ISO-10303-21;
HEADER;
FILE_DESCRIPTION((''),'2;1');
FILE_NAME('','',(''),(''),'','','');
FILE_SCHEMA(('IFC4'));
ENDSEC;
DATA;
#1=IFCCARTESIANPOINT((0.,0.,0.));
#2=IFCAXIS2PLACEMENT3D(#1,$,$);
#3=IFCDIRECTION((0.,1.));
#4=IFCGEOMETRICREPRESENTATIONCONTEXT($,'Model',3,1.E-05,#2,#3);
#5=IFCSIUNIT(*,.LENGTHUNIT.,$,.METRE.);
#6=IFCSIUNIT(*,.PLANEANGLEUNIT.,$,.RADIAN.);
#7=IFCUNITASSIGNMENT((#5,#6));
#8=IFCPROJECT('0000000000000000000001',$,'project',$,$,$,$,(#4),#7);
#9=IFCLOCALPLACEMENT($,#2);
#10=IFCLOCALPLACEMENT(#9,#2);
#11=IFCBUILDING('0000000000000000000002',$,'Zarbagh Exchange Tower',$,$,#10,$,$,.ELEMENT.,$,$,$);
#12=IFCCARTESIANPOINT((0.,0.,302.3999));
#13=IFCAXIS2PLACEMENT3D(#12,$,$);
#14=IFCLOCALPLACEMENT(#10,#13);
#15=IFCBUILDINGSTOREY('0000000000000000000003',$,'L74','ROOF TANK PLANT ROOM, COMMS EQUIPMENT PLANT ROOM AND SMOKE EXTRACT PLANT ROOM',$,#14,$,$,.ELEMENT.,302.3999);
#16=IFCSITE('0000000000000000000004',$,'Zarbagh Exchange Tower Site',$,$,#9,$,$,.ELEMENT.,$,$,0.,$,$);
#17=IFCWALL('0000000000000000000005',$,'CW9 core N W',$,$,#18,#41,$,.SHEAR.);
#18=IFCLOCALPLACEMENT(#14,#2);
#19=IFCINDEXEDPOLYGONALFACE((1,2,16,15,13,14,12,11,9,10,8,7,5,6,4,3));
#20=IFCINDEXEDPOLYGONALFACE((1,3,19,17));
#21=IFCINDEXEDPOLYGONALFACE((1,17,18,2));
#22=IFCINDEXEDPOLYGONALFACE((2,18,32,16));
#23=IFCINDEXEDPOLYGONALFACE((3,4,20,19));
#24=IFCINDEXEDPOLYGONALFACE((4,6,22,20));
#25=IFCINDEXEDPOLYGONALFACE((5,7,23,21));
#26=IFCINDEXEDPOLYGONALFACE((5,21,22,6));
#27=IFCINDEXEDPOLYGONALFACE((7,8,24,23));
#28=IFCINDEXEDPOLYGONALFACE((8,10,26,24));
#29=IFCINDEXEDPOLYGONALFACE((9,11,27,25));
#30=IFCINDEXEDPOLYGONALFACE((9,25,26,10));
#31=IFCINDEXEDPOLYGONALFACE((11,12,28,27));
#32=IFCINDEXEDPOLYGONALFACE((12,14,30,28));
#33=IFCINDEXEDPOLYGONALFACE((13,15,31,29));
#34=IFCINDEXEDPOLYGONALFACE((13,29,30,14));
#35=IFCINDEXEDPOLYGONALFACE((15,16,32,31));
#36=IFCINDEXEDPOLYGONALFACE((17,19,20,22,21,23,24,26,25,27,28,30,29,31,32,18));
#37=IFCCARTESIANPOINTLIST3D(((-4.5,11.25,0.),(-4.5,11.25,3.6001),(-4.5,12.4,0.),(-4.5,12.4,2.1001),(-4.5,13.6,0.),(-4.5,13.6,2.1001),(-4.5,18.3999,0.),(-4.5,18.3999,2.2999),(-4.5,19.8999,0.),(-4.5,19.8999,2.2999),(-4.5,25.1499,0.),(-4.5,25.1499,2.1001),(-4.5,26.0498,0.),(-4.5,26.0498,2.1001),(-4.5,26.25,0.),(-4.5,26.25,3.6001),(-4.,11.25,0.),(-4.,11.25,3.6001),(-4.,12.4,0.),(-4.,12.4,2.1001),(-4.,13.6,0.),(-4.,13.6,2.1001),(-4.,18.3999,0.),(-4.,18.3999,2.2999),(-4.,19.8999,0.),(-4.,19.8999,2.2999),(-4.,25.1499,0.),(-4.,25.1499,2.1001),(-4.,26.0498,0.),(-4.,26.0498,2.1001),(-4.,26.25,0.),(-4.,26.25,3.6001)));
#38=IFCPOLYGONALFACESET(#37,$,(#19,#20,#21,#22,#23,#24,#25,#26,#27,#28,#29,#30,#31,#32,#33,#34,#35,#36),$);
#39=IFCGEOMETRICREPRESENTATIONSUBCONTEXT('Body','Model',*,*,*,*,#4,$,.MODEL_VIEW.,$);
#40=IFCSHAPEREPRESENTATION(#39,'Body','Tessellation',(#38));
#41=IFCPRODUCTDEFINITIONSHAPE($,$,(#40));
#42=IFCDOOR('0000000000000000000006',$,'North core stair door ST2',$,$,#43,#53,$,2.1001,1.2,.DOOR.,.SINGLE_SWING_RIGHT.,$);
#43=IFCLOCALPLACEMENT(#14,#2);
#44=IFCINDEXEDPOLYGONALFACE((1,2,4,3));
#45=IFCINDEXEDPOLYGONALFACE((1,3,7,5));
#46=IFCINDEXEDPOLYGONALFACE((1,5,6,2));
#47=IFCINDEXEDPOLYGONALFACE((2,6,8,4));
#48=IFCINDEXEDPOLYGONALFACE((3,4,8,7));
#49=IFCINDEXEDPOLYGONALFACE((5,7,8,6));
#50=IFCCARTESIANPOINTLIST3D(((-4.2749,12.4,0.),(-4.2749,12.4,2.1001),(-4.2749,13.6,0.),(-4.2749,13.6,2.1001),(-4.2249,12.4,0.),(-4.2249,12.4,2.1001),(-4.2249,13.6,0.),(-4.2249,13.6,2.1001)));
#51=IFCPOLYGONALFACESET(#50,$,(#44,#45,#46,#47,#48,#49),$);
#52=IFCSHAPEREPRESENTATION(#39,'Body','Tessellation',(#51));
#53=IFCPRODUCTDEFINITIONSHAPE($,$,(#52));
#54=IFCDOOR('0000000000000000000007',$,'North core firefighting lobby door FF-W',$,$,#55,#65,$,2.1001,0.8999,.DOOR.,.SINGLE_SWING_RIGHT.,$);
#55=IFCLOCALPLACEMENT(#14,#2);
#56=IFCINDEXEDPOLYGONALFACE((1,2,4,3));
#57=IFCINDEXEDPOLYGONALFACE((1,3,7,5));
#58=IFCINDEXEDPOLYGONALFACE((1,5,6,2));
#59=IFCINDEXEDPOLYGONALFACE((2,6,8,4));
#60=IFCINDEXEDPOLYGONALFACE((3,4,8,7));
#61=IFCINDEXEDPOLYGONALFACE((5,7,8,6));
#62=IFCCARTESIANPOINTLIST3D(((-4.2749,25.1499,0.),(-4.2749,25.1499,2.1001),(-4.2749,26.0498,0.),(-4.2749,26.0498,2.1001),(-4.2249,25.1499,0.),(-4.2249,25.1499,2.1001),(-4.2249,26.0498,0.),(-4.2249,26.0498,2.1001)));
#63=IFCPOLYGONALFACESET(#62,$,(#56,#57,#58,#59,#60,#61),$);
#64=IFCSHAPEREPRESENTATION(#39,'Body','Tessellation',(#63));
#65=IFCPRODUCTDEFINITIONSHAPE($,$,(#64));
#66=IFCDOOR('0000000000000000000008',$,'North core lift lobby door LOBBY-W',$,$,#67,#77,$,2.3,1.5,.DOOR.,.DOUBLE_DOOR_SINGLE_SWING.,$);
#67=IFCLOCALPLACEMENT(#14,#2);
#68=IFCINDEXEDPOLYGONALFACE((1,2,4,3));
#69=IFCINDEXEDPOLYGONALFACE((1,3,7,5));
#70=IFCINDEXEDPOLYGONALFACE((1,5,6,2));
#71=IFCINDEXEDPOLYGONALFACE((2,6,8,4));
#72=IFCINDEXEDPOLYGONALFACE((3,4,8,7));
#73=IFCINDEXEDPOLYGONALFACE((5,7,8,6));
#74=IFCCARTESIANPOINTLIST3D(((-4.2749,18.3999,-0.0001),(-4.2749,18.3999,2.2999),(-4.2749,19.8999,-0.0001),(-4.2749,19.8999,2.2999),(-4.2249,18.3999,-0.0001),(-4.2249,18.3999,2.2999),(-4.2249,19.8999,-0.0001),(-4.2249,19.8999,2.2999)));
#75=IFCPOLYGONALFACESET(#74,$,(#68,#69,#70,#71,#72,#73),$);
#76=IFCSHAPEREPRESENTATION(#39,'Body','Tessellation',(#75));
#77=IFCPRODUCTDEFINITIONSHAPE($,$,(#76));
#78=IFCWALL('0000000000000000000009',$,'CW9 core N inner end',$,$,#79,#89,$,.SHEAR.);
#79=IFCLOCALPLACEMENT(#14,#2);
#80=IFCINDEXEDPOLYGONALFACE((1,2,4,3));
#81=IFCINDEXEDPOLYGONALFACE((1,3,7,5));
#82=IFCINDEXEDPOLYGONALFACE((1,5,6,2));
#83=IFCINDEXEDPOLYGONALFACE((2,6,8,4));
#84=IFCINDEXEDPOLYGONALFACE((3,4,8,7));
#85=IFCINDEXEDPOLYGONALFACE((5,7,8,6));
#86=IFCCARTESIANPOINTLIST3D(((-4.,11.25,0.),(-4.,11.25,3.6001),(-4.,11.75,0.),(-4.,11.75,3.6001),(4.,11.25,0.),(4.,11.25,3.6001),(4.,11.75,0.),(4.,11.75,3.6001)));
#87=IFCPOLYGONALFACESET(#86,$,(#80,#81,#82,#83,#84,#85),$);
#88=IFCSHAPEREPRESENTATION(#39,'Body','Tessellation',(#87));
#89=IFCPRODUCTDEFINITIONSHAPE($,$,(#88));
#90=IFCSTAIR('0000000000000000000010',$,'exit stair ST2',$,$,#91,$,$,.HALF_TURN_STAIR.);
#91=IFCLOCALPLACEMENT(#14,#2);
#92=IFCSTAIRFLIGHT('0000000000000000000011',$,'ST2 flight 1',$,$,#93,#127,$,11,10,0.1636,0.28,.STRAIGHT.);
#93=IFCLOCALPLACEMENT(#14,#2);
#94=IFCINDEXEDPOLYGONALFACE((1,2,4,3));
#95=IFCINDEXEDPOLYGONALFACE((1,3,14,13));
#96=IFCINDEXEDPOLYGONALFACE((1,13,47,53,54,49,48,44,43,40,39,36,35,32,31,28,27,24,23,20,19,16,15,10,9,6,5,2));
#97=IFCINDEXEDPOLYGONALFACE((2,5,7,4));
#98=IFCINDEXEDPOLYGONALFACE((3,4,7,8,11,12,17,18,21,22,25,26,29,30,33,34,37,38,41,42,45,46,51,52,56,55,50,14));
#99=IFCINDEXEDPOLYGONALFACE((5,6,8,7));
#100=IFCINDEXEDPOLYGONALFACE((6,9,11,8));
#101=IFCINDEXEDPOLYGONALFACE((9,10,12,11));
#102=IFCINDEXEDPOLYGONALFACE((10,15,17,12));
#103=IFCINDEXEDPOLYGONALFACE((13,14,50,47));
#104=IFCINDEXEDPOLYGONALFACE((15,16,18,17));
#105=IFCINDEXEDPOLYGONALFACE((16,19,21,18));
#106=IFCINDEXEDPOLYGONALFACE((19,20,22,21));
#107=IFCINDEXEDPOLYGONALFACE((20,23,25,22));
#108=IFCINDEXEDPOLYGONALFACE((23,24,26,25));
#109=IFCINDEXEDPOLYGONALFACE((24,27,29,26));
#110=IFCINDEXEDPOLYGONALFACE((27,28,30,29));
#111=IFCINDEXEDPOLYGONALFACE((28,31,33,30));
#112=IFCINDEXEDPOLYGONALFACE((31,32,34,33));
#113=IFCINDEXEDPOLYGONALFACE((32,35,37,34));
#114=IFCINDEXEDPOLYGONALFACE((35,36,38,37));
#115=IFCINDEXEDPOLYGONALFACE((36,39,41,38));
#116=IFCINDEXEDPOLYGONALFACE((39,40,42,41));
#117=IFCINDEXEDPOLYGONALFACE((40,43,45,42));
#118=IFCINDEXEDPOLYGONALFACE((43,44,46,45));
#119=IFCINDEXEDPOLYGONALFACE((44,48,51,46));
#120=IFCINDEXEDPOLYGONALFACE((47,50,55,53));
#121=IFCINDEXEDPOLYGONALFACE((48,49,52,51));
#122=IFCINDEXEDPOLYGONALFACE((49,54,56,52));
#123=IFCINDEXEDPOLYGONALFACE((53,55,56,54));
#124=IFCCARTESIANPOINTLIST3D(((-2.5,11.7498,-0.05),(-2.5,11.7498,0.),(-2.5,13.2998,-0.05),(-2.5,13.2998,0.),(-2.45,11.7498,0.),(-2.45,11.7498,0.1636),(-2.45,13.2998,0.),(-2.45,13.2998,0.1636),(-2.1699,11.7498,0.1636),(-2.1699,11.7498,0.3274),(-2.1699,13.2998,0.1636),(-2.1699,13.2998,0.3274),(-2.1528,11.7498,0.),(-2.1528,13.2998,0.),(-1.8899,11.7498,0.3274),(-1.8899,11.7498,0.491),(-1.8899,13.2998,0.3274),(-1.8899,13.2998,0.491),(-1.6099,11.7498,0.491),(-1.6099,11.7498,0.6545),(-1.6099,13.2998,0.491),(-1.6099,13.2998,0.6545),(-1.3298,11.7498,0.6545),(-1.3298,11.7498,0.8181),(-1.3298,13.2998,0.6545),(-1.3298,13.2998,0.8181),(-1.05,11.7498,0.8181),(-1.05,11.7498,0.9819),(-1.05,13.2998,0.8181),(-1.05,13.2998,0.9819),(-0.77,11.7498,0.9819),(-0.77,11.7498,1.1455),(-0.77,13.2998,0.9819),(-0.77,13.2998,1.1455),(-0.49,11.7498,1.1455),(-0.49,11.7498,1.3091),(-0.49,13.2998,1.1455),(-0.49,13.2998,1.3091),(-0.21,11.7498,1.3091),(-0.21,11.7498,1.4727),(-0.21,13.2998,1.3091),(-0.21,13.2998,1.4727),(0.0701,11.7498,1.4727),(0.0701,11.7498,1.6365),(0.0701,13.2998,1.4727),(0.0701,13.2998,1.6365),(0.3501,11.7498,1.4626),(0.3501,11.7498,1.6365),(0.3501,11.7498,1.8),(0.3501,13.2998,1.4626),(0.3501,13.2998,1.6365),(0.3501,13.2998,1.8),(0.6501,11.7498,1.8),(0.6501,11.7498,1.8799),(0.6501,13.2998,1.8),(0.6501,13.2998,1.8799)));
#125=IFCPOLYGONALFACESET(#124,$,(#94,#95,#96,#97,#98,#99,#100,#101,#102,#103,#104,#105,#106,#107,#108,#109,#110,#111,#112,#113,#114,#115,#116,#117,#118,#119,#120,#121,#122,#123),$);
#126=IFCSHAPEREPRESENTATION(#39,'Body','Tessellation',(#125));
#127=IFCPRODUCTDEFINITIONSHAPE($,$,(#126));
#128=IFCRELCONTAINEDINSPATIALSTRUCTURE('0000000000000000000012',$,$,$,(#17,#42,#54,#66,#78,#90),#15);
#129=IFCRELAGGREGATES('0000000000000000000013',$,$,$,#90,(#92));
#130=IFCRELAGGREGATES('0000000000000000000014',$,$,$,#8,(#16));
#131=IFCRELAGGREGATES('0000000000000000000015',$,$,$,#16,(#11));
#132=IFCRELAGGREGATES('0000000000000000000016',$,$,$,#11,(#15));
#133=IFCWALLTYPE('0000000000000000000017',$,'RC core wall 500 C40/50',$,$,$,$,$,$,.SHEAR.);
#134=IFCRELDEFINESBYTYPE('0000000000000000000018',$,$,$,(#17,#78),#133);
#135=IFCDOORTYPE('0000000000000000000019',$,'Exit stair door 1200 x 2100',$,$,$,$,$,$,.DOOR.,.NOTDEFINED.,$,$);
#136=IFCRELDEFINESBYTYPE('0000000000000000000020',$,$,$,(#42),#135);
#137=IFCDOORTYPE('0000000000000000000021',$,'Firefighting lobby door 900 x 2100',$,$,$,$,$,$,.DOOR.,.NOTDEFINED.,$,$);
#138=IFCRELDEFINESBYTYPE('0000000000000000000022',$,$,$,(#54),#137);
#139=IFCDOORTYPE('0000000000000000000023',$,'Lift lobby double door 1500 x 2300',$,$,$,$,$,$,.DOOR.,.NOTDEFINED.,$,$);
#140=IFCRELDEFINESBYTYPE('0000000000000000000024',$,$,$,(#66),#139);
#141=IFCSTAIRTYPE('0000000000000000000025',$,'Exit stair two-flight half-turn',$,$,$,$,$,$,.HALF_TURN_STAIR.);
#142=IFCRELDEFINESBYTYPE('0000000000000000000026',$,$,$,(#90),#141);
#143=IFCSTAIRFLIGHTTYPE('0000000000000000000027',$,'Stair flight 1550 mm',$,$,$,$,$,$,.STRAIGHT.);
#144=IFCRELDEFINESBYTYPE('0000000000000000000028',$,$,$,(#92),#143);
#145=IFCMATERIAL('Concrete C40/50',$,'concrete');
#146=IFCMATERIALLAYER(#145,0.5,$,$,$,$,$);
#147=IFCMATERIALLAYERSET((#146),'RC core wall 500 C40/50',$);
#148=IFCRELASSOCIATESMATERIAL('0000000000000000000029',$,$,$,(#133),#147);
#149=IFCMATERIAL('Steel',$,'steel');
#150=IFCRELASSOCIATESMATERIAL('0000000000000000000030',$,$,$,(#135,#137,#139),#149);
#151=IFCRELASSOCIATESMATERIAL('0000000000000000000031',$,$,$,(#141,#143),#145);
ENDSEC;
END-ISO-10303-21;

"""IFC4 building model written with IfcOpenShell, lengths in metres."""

from ifc_helpers import new_model, si_unit, direction, frame, frame_2d, origin, place, context, subcontext, project, spatial, polyline, rectangle, outline, extrude, material, layer, layer_set, type_object, element, fill, aggregate, save


model = new_model("IFC4")

# Units and contexts
model_context = context("Model", 3, precision=1e-05, world=origin(), true_north=direction((0.0, 1.0)))
body_context = subcontext(model_context, "Body", "Model", "MODEL_VIEW")
ifc_project = project(units=[si_unit("LENGTHUNIT", "METRE"), si_unit("PLANEANGLEUNIT", "RADIAN")], contexts=[model_context])

# Site, building, storey
site_placement = place(None, origin())
site = spatial("IfcSite", under=ifc_project, at=site_placement, Name="Zarbagh Exchange Tower Site", CompositionType="ELEMENT", RefElevation=0.0)
building_placement = place(site_placement, origin())
building = spatial("IfcBuilding", under=site, at=building_placement, Name="Zarbagh Exchange Tower", CompositionType="ELEMENT")
storey_placement = place(building_placement, frame((0.0, 0.0, 302.3999)))
storey = spatial("IfcBuildingStorey", under=building, at=storey_placement, Name="L74", Description="ROOF TANK PLANT ROOM, COMMS EQUIPMENT PLANT ROOM AND SMOKE EXTRACT PLANT ROOM", CompositionType="ELEMENT", Elevation=302.3999)

# Shared definitions
ifc_material_1 = material(Name="Concrete C40/50", Category="concrete")

# Wall, openings, doors
ifc_layer_1 = layer(ifc_material_1, 0.5)
ifc_layer_set_1 = layer_set([ifc_layer_1], Name="RC core wall 500 C40/50")
wall_type_1 = type_object("IfcWallType", Name="RC core wall 500 C40/50", PredefinedType="SHEAR", material=ifc_layer_set_1)
wall_1_placement = place(storey_placement, frame((-4.25, 11.25, 0.0), z_axis=(0.0, 0.0, 1.0), x_axis=(0.0, 1.0, 0.0)))
wall_1 = element("IfcWall", 1, at=wall_1_placement, inside=storey, type_object=wall_type_1, Name="CW9 core N W", PredefinedType="SHEAR", context=body_context, shape_type="SweptSolid", body=[
    extrude(rectangle(XDim=15.0, YDim=0.5, at=frame_2d((7.5, 0.0))), origin(), (0.0, 0.0, 1.0), 3.6001),
])
opening_1_placement = place(wall_1_placement, frame((7.1499, 0.0, 0.0)))
opening_1 = element("IfcOpeningElement", 2, at=opening_1_placement, cuts=wall_1, PredefinedType="OPENING", context=body_context, shape_type="SweptSolid", body=[
    extrude(rectangle(XDim=1.5, YDim=2.3, at=frame_2d((0.75, 1.1499))), frame((0.0, 0.26, 0.0), z_axis=(0.0, -1.0, 0.0), x_axis=(1.0, 0.0, 0.0)), (0.0, 0.0, 1.0), 0.52),
])
opening_2_placement = place(wall_1_placement, frame((13.8999, 0.0, 0.0)))
opening_2 = element("IfcOpeningElement", 3, at=opening_2_placement, cuts=wall_1, PredefinedType="OPENING", context=body_context, shape_type="SweptSolid", body=[
    extrude(rectangle(XDim=0.8999, YDim=2.1001, at=frame_2d((0.45, 1.05))), frame((0.0, 0.26, 0.0), z_axis=(0.0, -1.0, 0.0), x_axis=(1.0, 0.0, 0.0)), (0.0, 0.0, 1.0), 0.52),
])
opening_3_placement = place(wall_1_placement, frame((1.1499, 0.0, 0.0)))
opening_3 = element("IfcOpeningElement", 4, at=opening_3_placement, cuts=wall_1, PredefinedType="OPENING", context=body_context, shape_type="SweptSolid", body=[
    extrude(rectangle(XDim=1.2, YDim=2.1001, at=frame_2d((0.6001, 1.05))), frame((0.0, 0.26, 0.0), z_axis=(0.0, -1.0, 0.0), x_axis=(1.0, 0.0, 0.0)), (0.0, 0.0, 1.0), 0.52),
])
ifc_material_2 = material(Name="Steel", Category="steel")
door_type_1 = type_object("IfcDoorType", Name="Exit stair door 1200 x 2100", OperationType="NOTDEFINED", PredefinedType="DOOR", material=ifc_material_2)
door_1_placement = place(opening_3_placement, origin())
door_1 = element("IfcDoor", 5, at=door_1_placement, inside=storey, type_object=door_type_1, Name="North core stair door ST2", OperationType="SINGLE_SWING_RIGHT", OverallHeight=2.1001, OverallWidth=1.2, PredefinedType="DOOR", context=body_context, shape_type="SweptSolid", body=[
    extrude(rectangle(XDim=1.2, YDim=2.1001, at=frame_2d((0.6001, 1.05))), frame((0.0, 0.0249, 0.0), z_axis=(0.0, -1.0, 0.0), x_axis=(1.0, 0.0, 0.0)), (0.0, 0.0, 1.0), 0.05),
])
fill(opening_3, door_1)
door_type_2 = type_object("IfcDoorType", Name="Firefighting lobby door 900 x 2100", OperationType="NOTDEFINED", PredefinedType="DOOR", material=ifc_material_2)
door_2_placement = place(opening_2_placement, origin())
door_2 = element("IfcDoor", 6, at=door_2_placement, inside=storey, type_object=door_type_2, Name="North core firefighting lobby door FF-W", OperationType="SINGLE_SWING_RIGHT", OverallHeight=2.1001, OverallWidth=0.8999, PredefinedType="DOOR", context=body_context, shape_type="SweptSolid", body=[
    extrude(rectangle(XDim=0.8999, YDim=2.1001, at=frame_2d((0.45, 1.05))), frame((0.0, 0.0249, 0.0), z_axis=(0.0, -1.0, 0.0), x_axis=(1.0, 0.0, 0.0)), (0.0, 0.0, 1.0), 0.05),
])
fill(opening_2, door_2)
door_type_3 = type_object("IfcDoorType", Name="Lift lobby double door 1500 x 2300", OperationType="NOTDEFINED", PredefinedType="DOOR", material=ifc_material_2)
door_3_placement = place(opening_1_placement, origin())
door_3 = element("IfcDoor", 7, at=door_3_placement, inside=storey, type_object=door_type_3, Name="North core lift lobby door LOBBY-W", OperationType="DOUBLE_DOOR_SINGLE_SWING", OverallHeight=2.3, OverallWidth=1.5, PredefinedType="DOOR", context=body_context, shape_type="SweptSolid", body=[
    extrude(rectangle(XDim=1.5, YDim=2.3, at=frame_2d((0.75, 1.1499))), frame((0.0, 0.0249, 0.0), z_axis=(0.0, -1.0, 0.0), x_axis=(1.0, 0.0, 0.0)), (0.0, 0.0, 1.0), 0.05),
])
fill(opening_1, door_3)

# Wall
wall_2_placement = place(storey_placement, frame((-4.0, 11.5, 0.0), z_axis=(0.0, 0.0, 1.0), x_axis=(1.0, 0.0, 0.0)))
element("IfcWall", 8, at=wall_2_placement, inside=storey, type_object=wall_type_1, Name="CW9 core N inner end", PredefinedType="SHEAR", context=body_context, shape_type="SweptSolid", body=[
    extrude(rectangle(XDim=8.0, YDim=0.5, at=frame_2d((4.0, 0.0))), origin(), (0.0, 0.0, 1.0), 3.6001),
])

# Stair, stair flight
stair_type = type_object("IfcStairType", Name="Exit stair two-flight half-turn", PredefinedType="HALF_TURN_STAIR", material=ifc_material_1)
stair_placement = place(storey_placement, origin())
stair = element("IfcStair", 9, at=stair_placement, inside=storey, type_object=stair_type, Name="exit stair ST2", PredefinedType="HALF_TURN_STAIR")
stair_flight_type = type_object("IfcStairFlightType", Name="Stair flight 1550 mm", PredefinedType="STRAIGHT", material=ifc_material_1)
stair_flight_placement = place(storey_placement, frame((-2.45, 12.5249, 0.0), z_axis=(0.0, 0.0, 1.0), x_axis=(1.0, 0.0, 0.0)))
stair_flight = element("IfcStairFlight", 10, at=stair_flight_placement, type_object=stair_flight_type, Name="ST2 flight 1", NumberOfRisers=11, NumberOfTreads=10, PredefinedType="STRAIGHT", RiserHeight=0.1636, TreadLength=0.28, context=body_context, shape_type="SweptSolid", body=[
    extrude(outline(polyline([(-0.05, -0.05), (-0.05, 0.0), (0.0, 0.0), (0.0, 0.1636), (0.28, 0.1636), (0.28, 0.3274), (0.5601, 0.3274), (0.5601, 0.491), (0.8401, 0.491), (0.8401, 0.6545), (1.1201, 0.6545), (1.1201, 0.8181), (1.3999, 0.8181), (1.3999, 0.9819), (1.6799, 0.9819), (1.6799, 1.1455), (1.96, 1.1455), (1.96, 1.3091), (2.24, 1.3091), (2.24, 1.4727), (2.52, 1.4727), (2.52, 1.6365), (2.8, 1.6365), (2.8, 1.8), (3.1001, 1.8799), (3.1001, 1.8), (2.8, 1.4626), (0.2971, 0.0), (-0.05, -0.05)])), frame((0.0, 0.7749, 0.0), z_axis=(0.0, -1.0, 0.0), x_axis=(1.0, 0.0, 0.0)), (0.0, 0.0, 1.0), 1.55),
])
aggregate(stair, [stair_flight])

save(model, "model.ifc")
